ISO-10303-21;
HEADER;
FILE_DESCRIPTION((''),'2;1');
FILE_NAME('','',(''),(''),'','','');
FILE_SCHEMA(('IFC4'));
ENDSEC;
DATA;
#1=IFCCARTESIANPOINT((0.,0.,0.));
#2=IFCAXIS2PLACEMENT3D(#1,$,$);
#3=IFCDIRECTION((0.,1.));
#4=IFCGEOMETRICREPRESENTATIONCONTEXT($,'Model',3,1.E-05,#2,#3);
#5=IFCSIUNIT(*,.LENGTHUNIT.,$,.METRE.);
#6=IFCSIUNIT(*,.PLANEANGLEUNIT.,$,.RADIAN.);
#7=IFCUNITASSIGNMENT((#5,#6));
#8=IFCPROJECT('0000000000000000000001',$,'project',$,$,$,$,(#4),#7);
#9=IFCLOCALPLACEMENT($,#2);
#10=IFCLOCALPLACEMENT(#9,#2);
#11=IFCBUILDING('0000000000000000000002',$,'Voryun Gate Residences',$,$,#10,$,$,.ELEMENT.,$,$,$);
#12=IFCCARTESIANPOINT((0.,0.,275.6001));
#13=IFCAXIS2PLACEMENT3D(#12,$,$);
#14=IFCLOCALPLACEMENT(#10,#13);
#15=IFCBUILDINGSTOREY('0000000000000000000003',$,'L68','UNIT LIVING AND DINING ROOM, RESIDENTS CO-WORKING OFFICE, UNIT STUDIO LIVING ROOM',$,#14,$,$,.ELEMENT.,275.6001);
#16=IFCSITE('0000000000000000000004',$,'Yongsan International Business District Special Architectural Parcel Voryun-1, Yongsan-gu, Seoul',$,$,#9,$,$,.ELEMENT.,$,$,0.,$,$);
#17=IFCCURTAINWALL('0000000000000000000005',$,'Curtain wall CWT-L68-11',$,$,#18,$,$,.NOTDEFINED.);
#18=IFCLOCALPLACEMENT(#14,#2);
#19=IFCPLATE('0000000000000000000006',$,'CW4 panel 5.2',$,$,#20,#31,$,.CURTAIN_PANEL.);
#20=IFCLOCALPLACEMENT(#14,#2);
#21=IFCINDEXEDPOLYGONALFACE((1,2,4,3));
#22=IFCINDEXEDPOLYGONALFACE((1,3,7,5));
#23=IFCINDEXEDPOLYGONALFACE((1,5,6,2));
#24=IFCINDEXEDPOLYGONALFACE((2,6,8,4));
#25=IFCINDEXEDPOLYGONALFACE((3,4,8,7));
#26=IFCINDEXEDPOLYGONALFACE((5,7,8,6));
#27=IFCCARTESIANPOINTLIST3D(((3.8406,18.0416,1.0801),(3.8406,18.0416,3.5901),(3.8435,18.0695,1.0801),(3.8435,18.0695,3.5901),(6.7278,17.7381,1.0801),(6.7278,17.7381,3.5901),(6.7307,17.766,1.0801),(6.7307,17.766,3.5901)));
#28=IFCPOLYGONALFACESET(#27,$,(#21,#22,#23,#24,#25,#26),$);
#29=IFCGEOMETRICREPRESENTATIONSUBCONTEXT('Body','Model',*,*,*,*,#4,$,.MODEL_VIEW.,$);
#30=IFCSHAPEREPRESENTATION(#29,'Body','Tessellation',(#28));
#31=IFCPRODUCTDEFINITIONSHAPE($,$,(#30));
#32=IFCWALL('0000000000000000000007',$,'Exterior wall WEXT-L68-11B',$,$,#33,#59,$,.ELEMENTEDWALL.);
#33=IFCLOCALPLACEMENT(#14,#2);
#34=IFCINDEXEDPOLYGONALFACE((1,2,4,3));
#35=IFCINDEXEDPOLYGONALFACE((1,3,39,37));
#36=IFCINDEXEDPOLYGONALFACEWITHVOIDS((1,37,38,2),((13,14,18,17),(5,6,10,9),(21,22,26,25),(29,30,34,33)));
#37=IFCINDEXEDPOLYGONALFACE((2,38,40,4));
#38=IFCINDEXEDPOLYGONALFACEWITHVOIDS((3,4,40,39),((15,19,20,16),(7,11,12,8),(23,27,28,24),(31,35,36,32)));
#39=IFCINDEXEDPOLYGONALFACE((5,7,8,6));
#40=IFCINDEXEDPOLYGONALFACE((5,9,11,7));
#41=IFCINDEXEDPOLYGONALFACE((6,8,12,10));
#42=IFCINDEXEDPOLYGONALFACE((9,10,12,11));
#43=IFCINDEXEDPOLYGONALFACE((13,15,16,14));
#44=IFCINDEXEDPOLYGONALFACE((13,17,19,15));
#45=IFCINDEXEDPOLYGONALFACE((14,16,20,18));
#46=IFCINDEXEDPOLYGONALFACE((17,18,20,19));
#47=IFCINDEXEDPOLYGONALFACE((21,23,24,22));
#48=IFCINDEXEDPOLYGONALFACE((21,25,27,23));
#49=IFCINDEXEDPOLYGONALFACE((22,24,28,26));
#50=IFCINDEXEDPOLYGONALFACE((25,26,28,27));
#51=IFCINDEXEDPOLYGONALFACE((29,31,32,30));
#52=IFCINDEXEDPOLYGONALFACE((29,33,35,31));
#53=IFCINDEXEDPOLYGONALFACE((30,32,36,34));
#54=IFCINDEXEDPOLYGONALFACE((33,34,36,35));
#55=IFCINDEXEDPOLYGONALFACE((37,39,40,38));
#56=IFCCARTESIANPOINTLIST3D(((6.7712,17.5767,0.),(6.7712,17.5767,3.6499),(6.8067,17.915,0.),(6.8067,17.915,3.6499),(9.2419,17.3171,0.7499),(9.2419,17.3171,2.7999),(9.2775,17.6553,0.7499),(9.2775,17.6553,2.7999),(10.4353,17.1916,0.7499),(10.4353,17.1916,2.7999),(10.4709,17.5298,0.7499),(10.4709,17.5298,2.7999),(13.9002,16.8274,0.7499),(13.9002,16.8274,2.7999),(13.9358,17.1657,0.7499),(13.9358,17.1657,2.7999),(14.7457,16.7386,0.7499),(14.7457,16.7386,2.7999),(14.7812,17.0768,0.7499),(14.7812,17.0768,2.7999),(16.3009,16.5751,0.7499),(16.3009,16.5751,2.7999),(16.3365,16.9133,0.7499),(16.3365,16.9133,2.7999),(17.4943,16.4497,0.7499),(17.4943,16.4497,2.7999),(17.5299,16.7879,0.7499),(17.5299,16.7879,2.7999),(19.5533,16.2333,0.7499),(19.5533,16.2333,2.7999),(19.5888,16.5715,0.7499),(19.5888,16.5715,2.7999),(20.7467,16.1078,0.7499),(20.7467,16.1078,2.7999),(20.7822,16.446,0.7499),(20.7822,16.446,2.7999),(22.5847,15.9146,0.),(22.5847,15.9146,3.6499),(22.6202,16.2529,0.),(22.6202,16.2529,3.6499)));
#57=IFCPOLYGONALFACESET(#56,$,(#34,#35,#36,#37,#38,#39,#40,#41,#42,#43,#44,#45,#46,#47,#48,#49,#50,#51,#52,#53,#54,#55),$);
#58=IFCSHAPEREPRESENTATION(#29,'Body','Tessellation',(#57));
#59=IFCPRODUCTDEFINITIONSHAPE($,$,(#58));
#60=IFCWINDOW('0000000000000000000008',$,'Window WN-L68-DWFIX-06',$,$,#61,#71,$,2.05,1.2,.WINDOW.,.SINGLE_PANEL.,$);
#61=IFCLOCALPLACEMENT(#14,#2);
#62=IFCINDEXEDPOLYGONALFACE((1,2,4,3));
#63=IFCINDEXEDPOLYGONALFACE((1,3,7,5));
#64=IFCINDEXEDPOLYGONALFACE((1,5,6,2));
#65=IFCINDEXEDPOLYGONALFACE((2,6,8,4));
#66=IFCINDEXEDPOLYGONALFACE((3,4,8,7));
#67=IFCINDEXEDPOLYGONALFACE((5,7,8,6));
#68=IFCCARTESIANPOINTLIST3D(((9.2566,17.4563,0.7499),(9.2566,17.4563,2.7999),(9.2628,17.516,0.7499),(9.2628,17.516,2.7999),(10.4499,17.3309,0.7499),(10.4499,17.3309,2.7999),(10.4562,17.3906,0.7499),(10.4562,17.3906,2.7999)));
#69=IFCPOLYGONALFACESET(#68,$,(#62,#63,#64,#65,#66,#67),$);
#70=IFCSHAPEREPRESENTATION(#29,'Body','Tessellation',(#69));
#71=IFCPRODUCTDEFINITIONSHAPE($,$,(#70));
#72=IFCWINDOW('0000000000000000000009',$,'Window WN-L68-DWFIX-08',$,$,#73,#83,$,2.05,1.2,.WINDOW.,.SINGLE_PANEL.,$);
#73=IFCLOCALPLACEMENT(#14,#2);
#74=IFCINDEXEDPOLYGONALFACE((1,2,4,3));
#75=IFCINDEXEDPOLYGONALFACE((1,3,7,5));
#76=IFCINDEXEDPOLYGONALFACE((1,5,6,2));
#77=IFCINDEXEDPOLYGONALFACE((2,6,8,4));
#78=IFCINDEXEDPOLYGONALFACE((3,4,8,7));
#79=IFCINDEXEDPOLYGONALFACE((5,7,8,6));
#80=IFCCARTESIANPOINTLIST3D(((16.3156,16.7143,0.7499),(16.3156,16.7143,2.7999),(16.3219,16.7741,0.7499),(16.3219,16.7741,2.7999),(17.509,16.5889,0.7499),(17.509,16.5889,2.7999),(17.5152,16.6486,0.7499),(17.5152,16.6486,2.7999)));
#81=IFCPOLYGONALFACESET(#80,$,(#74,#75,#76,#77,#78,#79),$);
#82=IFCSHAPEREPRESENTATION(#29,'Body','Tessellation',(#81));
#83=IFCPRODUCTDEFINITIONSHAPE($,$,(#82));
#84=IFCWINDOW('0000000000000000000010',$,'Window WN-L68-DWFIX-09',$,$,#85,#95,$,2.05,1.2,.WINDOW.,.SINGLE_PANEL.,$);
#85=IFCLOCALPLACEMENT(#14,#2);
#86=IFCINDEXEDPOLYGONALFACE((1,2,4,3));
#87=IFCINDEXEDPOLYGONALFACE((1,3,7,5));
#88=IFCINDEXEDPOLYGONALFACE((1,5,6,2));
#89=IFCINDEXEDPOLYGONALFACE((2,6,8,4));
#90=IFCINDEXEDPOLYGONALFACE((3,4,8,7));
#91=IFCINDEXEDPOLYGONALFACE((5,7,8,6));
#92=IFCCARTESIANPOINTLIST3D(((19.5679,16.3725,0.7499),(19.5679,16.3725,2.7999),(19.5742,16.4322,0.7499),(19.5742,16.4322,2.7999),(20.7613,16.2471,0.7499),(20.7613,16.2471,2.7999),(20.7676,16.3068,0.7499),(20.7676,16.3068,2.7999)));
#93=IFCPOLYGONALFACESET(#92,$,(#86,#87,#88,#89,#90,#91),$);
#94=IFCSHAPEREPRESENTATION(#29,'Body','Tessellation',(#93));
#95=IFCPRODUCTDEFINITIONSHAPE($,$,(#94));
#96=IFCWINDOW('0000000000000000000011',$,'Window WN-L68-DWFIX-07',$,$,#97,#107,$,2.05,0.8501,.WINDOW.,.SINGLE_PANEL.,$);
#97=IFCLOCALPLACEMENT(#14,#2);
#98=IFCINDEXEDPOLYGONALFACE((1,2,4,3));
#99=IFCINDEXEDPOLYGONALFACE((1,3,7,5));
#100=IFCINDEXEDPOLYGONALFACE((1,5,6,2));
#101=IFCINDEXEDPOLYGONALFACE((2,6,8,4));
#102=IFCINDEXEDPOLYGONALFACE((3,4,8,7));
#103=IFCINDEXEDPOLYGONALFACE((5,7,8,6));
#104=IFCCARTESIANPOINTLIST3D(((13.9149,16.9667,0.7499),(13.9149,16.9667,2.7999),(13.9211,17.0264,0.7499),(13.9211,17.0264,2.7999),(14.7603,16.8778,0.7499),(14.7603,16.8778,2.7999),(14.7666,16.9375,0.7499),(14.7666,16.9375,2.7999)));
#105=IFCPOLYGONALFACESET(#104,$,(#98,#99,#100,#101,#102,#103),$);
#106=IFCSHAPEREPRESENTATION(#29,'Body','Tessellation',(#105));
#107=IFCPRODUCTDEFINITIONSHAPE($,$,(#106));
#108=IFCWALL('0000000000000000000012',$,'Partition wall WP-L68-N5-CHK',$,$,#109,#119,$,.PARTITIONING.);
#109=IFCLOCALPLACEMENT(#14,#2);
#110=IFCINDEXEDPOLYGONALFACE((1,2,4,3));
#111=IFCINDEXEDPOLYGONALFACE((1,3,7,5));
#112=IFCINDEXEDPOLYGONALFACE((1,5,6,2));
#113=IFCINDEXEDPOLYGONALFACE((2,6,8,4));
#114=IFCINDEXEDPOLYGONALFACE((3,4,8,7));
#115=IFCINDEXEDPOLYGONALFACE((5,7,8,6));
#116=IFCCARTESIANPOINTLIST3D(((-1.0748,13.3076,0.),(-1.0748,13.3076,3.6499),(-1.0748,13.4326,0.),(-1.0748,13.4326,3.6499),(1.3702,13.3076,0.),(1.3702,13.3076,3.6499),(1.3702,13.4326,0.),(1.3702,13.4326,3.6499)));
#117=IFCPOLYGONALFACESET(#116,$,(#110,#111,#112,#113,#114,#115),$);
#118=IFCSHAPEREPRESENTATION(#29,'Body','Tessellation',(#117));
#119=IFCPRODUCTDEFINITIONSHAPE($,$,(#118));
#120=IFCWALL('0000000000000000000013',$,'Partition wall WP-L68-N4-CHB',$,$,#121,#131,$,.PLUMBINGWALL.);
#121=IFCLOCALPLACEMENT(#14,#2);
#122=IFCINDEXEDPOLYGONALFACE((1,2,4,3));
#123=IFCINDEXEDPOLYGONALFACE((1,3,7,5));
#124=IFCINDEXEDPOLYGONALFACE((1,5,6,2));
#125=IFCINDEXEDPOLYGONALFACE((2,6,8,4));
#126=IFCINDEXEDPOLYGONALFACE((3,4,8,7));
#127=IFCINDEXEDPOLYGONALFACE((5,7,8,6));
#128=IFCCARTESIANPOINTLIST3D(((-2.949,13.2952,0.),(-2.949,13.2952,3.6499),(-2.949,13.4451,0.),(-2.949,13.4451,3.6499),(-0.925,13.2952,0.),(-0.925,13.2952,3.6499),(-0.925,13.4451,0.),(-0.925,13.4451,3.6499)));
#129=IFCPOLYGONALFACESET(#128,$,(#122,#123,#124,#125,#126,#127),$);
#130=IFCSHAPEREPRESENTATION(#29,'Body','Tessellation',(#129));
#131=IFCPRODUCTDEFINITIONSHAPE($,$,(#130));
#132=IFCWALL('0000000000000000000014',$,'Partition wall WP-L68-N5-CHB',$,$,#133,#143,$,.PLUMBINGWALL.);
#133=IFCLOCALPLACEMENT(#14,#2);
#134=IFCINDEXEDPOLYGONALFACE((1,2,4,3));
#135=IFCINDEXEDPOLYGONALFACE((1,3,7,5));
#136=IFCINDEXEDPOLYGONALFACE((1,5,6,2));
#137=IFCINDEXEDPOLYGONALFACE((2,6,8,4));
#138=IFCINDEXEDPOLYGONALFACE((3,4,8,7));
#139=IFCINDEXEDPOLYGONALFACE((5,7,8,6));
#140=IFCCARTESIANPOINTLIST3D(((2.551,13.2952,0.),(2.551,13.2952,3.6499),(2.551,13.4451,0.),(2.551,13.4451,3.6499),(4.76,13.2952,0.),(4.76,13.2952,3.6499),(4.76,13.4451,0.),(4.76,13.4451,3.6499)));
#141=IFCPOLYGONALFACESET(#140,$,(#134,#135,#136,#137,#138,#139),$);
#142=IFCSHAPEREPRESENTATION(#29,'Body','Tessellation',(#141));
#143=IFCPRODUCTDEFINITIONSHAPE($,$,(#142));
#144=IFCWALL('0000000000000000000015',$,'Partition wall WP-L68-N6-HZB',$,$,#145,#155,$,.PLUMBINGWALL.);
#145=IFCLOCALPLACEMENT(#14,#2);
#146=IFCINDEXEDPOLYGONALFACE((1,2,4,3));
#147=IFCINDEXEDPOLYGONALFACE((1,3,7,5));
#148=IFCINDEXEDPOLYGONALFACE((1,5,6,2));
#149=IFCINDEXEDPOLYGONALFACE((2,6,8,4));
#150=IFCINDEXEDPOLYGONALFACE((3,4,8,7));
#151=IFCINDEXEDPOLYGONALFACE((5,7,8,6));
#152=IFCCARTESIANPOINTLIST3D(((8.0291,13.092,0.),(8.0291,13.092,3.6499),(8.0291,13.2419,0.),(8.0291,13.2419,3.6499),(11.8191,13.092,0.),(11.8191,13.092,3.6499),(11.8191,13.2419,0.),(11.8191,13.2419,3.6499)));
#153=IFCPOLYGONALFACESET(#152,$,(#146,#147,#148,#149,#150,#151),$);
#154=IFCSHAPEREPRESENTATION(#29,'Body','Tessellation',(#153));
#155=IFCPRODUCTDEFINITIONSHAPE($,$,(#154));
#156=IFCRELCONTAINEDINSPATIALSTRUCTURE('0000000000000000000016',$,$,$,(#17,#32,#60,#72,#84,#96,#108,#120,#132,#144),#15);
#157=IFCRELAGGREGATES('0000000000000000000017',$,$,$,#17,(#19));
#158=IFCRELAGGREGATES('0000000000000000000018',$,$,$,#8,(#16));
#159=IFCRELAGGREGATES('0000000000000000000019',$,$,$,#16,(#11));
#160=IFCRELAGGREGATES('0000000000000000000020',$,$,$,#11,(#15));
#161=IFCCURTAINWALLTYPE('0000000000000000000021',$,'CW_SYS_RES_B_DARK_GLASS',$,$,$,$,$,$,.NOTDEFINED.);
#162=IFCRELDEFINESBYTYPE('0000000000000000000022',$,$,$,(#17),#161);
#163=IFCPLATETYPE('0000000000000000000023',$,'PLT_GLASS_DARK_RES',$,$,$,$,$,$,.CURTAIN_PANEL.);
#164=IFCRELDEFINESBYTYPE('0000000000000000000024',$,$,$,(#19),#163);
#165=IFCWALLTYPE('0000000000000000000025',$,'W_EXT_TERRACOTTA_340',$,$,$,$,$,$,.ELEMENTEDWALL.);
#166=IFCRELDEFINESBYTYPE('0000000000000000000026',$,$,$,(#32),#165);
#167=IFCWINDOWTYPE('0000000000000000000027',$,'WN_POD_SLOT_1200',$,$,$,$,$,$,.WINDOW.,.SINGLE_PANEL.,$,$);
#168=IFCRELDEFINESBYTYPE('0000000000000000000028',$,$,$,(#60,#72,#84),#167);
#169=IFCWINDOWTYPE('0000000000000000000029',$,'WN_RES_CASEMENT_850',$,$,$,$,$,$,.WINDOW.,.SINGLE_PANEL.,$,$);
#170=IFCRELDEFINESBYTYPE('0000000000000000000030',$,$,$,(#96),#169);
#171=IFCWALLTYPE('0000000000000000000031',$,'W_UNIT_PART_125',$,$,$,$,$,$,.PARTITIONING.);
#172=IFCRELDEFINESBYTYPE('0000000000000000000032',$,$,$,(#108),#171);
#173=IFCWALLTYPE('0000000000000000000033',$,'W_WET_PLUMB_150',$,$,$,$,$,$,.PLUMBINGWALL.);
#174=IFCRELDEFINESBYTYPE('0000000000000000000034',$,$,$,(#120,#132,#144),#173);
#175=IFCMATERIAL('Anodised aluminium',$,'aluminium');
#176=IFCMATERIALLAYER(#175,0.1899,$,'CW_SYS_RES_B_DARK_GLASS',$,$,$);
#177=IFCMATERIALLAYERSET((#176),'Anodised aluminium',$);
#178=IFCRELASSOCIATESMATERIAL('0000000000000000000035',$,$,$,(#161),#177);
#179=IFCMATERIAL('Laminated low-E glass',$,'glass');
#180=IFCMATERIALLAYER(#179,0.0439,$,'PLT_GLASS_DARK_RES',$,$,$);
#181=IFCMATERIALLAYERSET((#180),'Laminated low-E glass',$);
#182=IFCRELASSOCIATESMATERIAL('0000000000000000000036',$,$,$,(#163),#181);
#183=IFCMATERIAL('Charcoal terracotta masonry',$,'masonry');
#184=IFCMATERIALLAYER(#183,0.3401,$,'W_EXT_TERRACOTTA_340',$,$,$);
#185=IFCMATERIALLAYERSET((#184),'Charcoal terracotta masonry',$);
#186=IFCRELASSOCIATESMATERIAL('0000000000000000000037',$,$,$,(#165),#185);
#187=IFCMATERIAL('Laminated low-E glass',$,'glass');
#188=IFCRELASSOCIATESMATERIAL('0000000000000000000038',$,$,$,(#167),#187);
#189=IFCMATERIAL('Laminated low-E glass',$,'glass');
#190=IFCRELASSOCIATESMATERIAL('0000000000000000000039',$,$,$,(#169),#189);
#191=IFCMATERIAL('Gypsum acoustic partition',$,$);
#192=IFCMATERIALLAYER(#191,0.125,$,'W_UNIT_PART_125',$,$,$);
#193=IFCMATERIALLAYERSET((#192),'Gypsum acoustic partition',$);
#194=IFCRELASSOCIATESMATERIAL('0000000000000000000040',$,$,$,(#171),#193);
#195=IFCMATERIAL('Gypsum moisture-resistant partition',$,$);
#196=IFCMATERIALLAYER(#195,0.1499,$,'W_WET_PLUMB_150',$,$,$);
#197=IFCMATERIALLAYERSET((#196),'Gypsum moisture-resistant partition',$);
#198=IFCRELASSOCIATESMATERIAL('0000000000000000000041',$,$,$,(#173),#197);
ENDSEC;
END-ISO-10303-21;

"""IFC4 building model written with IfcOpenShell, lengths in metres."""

from ifc_helpers import new_model, si_unit, direction, frame, frame_2d, origin, origin_2d, place, context, subcontext, project, spatial, rectangle, extrude, material, layer, layer_set, type_object, element, fill, aggregate, save


model = new_model("IFC4")

# Units and contexts
model_context = context("Model", 3, precision=1e-05, world=origin(), true_north=direction((0.0, 1.0)))
body_context = subcontext(model_context, "Body", "Model", "MODEL_VIEW")
ifc_project = project(units=[si_unit("LENGTHUNIT", "METRE"), si_unit("PLANEANGLEUNIT", "RADIAN")], contexts=[model_context])

# Site, building, storey
site_placement = place(None, origin())
site = spatial("IfcSite", under=ifc_project, at=site_placement, Name="Yongsan International Business District Special Architectural Parcel Voryun-1, Yongsan-gu, Seoul", CompositionType="ELEMENT", RefElevation=0.0)
building_placement = place(site_placement, origin())
building = spatial("IfcBuilding", under=site, at=building_placement, Name="Voryun Gate Residences", CompositionType="ELEMENT")
storey_placement = place(building_placement, frame((0.0, 0.0, 275.6001)))
storey = spatial("IfcBuildingStorey", under=building, at=storey_placement, Name="L68", Description="UNIT LIVING AND DINING ROOM, RESIDENTS CO-WORKING OFFICE, UNIT STUDIO LIVING ROOM", CompositionType="ELEMENT", Elevation=275.6001)

# Curtain wall, plate
ifc_material_1 = material(Name="Anodised aluminium", Category="aluminium")
ifc_layer_1 = layer(ifc_material_1, 0.1899, Name="CW_SYS_RES_B_DARK_GLASS")
ifc_layer_set_1 = layer_set([ifc_layer_1], Name="Anodised aluminium")
curtain_wall_type = type_object("IfcCurtainWallType", Name="CW_SYS_RES_B_DARK_GLASS", PredefinedType="NOTDEFINED", material=ifc_layer_set_1)
curtain_wall_placement = place(storey_placement, origin())
curtain_wall = element("IfcCurtainWall", 1, at=curtain_wall_placement, inside=storey, type_object=curtain_wall_type, Name="Curtain wall CWT-L68-11", PredefinedType="NOTDEFINED")
ifc_material_2 = material(Name="Laminated low-E glass", Category="glass")
ifc_layer_2 = layer(ifc_material_2, 0.0439, Name="PLT_GLASS_DARK_RES")
ifc_layer_set_2 = layer_set([ifc_layer_2], Name="Laminated low-E glass")
plate_type = type_object("IfcPlateType", Name="PLT_GLASS_DARK_RES", PredefinedType="CURTAIN_PANEL", material=ifc_layer_set_2)
plate_1_placement = place(storey_placement, frame((5.2856, 17.9038, 1.0801), z_axis=(0.0, 0.0, 1.0), x_axis=(0.994522, -0.104529, 0.0)))
plate_1 = element("IfcPlate", 2, at=plate_1_placement, type_object=plate_type, Name="CW4 panel 5.2", PredefinedType="CURTAIN_PANEL", context=body_context, shape_type="SweptSolid", body=[
    extrude(rectangle(XDim=2.9031, YDim=0.0281, at=origin_2d()), origin(), (0.0, 0.0, 1.0), 2.51),
])
aggregate(curtain_wall, [plate_1])

# Wall, openings, windows
ifc_material_3 = material(Name="Charcoal terracotta masonry", Category="masonry")
ifc_layer_3 = layer(ifc_material_3, 0.3401, Name="W_EXT_TERRACOTTA_340")
ifc_layer_set_3 = layer_set([ifc_layer_3], Name="Charcoal terracotta masonry")
wall_type_1 = type_object("IfcWallType", Name="W_EXT_TERRACOTTA_340", PredefinedType="ELEMENTEDWALL", material=ifc_layer_set_3)
wall_1_placement = place(storey_placement, frame((6.7891, 17.7458, 0.0), z_axis=(0.0, 0.0, 1.0), x_axis=(0.994522, -0.104531, 0.0)))
wall_1 = element("IfcWall", 3, at=wall_1_placement, inside=storey, type_object=wall_type_1, Name="Exterior wall WEXT-L68-11B", PredefinedType="ELEMENTEDWALL", context=body_context, shape_type="SweptSolid", body=[
    extrude(rectangle(XDim=15.9006, YDim=0.3401, at=frame_2d((7.9502, 0.0))), origin(), (0.0, 0.0, 1.0), 3.6499),
])
opening_1_placement = place(wall_1_placement, frame((2.4841, 0.0, 0.75)))
opening_1 = element("IfcOpeningElement", 4, at=opening_1_placement, cuts=wall_1, PredefinedType="OPENING", context=body_context, shape_type="SweptSolid", body=[
    extrude(rectangle(XDim=1.2, YDim=2.05, at=frame_2d((0.6001, 1.0249))), frame((0.0, 0.1799, 0.0), z_axis=(0.0, -1.0, 0.0), x_axis=(1.0, 0.0, 0.0)), (0.0, 0.0, 1.0), 0.3601),
])
opening_2_placement = place(wall_1_placement, frame((7.1682, 0.0, 0.75)))
opening_2 = element("IfcOpeningElement", 5, at=opening_2_placement, cuts=wall_1, PredefinedType="OPENING", context=body_context, shape_type="SweptSolid", body=[
    extrude(rectangle(XDim=0.8501, YDim=2.05, at=frame_2d((0.425, 1.0249))), frame((0.0, 0.1799, 0.0), z_axis=(0.0, -1.0, 0.0), x_axis=(1.0, 0.0, 0.0)), (0.0, 0.0, 1.0), 0.3601),
])
opening_3_placement = place(wall_1_placement, frame((9.582, 0.0, 0.75)))
opening_3 = element("IfcOpeningElement", 6, at=opening_3_placement, cuts=wall_1, PredefinedType="OPENING", context=body_context, shape_type="SweptSolid", body=[
    extrude(rectangle(XDim=1.2, YDim=2.05, at=frame_2d((0.6001, 1.0249))), frame((0.0, 0.1799, 0.0), z_axis=(0.0, -1.0, 0.0), x_axis=(1.0, 0.0, 0.0)), (0.0, 0.0, 1.0), 0.3601),
])
opening_4_placement = place(wall_1_placement, frame((12.8523, 0.0, 0.75)))
opening_4 = element("IfcOpeningElement", 7, at=opening_4_placement, cuts=wall_1, PredefinedType="OPENING", context=body_context, shape_type="SweptSolid", body=[
    extrude(rectangle(XDim=1.2, YDim=2.05, at=frame_2d((0.6001, 1.0249))), frame((0.0, 0.1799, 0.0), z_axis=(0.0, -1.0, 0.0), x_axis=(1.0, 0.0, 0.0)), (0.0, 0.0, 1.0), 0.3601),
])
ifc_material_4 = material(Name="Laminated low-E glass", Category="glass")
window_type_1 = type_object("IfcWindowType", Name="WN_POD_SLOT_1200", PartitioningType="SINGLE_PANEL", PredefinedType="WINDOW", material=ifc_material_4)
window_1_placement = place(opening_1_placement, origin())
window_1 = element("IfcWindow", 8, at=window_1_placement, inside=storey, type_object=window_type_1, Name="Window WN-L68-DWFIX-06", OverallHeight=2.05, OverallWidth=1.2, PartitioningType="SINGLE_PANEL", PredefinedType="WINDOW", context=body_context, shape_type="SweptSolid", body=[
    extrude(rectangle(XDim=1.2, YDim=2.05, at=frame_2d((0.6001, 1.0249))), frame((0.0, 0.03, 0.0), z_axis=(0.0, -1.0, 0.0), x_axis=(1.0, 0.0, 0.0)), (0.0, 0.0, 1.0), 0.0601),
])
fill(opening_1, window_1)
window_2_placement = place(opening_3_placement, origin())
window_2 = element("IfcWindow", 9, at=window_2_placement, inside=storey, type_object=window_type_1, Name="Window WN-L68-DWFIX-08", OverallHeight=2.05, OverallWidth=1.2, PartitioningType="SINGLE_PANEL", PredefinedType="WINDOW", context=body_context, shape_type="SweptSolid", body=[
    extrude(rectangle(XDim=1.2, YDim=2.05, at=frame_2d((0.6001, 1.0249))), frame((0.0, 0.03, 0.0), z_axis=(0.0, -1.0, 0.0), x_axis=(1.0, 0.0, 0.0)), (0.0, 0.0, 1.0), 0.0601),
])
fill(opening_3, window_2)
window_3_placement = place(opening_4_placement, origin())
window_3 = element("IfcWindow", 10, at=window_3_placement, inside=storey, type_object=window_type_1, Name="Window WN-L68-DWFIX-09", OverallHeight=2.05, OverallWidth=1.2, PartitioningType="SINGLE_PANEL", PredefinedType="WINDOW", context=body_context, shape_type="SweptSolid", body=[
    extrude(rectangle(XDim=1.2, YDim=2.05, at=frame_2d((0.6001, 1.0249))), frame((0.0, 0.03, 0.0), z_axis=(0.0, -1.0, 0.0), x_axis=(1.0, 0.0, 0.0)), (0.0, 0.0, 1.0), 0.0601),
])
fill(opening_4, window_3)
ifc_material_5 = material(Name="Laminated low-E glass", Category="glass")
window_type_2 = type_object("IfcWindowType", Name="WN_RES_CASEMENT_850", PartitioningType="SINGLE_PANEL", PredefinedType="WINDOW", material=ifc_material_5)
window_4_placement = place(opening_2_placement, origin())
window_4 = element("IfcWindow", 11, at=window_4_placement, inside=storey, type_object=window_type_2, Name="Window WN-L68-DWFIX-07", OverallHeight=2.05, OverallWidth=0.8501, PartitioningType="SINGLE_PANEL", PredefinedType="WINDOW", context=body_context, shape_type="SweptSolid", body=[
    extrude(rectangle(XDim=0.8501, YDim=2.05, at=frame_2d((0.425, 1.0249))), frame((0.0, 0.03, 0.0), z_axis=(0.0, -1.0, 0.0), x_axis=(1.0, 0.0, 0.0)), (0.0, 0.0, 1.0), 0.0601),
])
fill(opening_2, window_4)

# Walls
ifc_material_6 = material(Name="Gypsum acoustic partition")
ifc_layer_4 = layer(ifc_material_6, 0.125, Name="W_UNIT_PART_125")
ifc_layer_set_4 = layer_set([ifc_layer_4], Name="Gypsum acoustic partition")
wall_type_2 = type_object("IfcWallType", Name="W_UNIT_PART_125", PredefinedType="PARTITIONING", material=ifc_layer_set_4)
wall_2_placement = place(storey_placement, frame((-1.075, 13.3701, 0.0), z_axis=(0.0, 0.0, 1.0), x_axis=(1.0, 0.0, 0.0)))
element("IfcWall", 12, at=wall_2_placement, inside=storey, type_object=wall_type_2, Name="Partition wall WP-L68-N5-CHK", PredefinedType="PARTITIONING", context=body_context, shape_type="SweptSolid", body=[
    extrude(rectangle(XDim=2.4451, YDim=0.125, at=frame_2d((1.2227, 0.0))), origin(), (0.0, 0.0, 1.0), 3.6499),
])
ifc_material_7 = material(Name="Gypsum moisture-resistant partition")
ifc_layer_5 = layer(ifc_material_7, 0.1499, Name="W_WET_PLUMB_150")
ifc_layer_set_5 = layer_set([ifc_layer_5], Name="Gypsum moisture-resistant partition")
wall_type_3 = type_object("IfcWallType", Name="W_WET_PLUMB_150", PredefinedType="PLUMBINGWALL", material=ifc_layer_set_5)
wall_3_placement = place(storey_placement, frame((-2.949, 13.3701, 0.0), z_axis=(0.0, 0.0, 1.0), x_axis=(1.0, 0.0, 0.0)))
element("IfcWall", 13, at=wall_3_placement, inside=storey, type_object=wall_type_3, Name="Partition wall WP-L68-N4-CHB", PredefinedType="PLUMBINGWALL", context=body_context, shape_type="SweptSolid", body=[
    extrude(rectangle(XDim=2.0239, YDim=0.1499, at=frame_2d((1.012, 0.0))), origin(), (0.0, 0.0, 1.0), 3.6499),
])
wall_4_placement = place(storey_placement, frame((2.551, 13.3701, 0.0), z_axis=(0.0, 0.0, 1.0), x_axis=(1.0, 0.0, 0.0)))
element("IfcWall", 14, at=wall_4_placement, inside=storey, type_object=wall_type_3, Name="Partition wall WP-L68-N5-CHB", PredefinedType="PLUMBINGWALL", context=body_context, shape_type="SweptSolid", body=[
    extrude(rectangle(XDim=2.209, YDim=0.1499, at=frame_2d((1.1045, 0.0))), origin(), (0.0, 0.0, 1.0), 3.6499),
])
wall_5_placement = place(storey_placement, frame((8.0291, 13.167, 0.0), z_axis=(0.0, 0.0, 1.0), x_axis=(1.0, 0.0, 0.0)))
element("IfcWall", 15, at=wall_5_placement, inside=storey, type_object=wall_type_3, Name="Partition wall WP-L68-N6-HZB", PredefinedType="PLUMBINGWALL", context=body_context, shape_type="SweptSolid", body=[
    extrude(rectangle(XDim=3.79, YDim=0.1499, at=frame_2d((1.895, 0.0))), origin(), (0.0, 0.0, 1.0), 3.6499),
])

save(model, "model.ifc")
